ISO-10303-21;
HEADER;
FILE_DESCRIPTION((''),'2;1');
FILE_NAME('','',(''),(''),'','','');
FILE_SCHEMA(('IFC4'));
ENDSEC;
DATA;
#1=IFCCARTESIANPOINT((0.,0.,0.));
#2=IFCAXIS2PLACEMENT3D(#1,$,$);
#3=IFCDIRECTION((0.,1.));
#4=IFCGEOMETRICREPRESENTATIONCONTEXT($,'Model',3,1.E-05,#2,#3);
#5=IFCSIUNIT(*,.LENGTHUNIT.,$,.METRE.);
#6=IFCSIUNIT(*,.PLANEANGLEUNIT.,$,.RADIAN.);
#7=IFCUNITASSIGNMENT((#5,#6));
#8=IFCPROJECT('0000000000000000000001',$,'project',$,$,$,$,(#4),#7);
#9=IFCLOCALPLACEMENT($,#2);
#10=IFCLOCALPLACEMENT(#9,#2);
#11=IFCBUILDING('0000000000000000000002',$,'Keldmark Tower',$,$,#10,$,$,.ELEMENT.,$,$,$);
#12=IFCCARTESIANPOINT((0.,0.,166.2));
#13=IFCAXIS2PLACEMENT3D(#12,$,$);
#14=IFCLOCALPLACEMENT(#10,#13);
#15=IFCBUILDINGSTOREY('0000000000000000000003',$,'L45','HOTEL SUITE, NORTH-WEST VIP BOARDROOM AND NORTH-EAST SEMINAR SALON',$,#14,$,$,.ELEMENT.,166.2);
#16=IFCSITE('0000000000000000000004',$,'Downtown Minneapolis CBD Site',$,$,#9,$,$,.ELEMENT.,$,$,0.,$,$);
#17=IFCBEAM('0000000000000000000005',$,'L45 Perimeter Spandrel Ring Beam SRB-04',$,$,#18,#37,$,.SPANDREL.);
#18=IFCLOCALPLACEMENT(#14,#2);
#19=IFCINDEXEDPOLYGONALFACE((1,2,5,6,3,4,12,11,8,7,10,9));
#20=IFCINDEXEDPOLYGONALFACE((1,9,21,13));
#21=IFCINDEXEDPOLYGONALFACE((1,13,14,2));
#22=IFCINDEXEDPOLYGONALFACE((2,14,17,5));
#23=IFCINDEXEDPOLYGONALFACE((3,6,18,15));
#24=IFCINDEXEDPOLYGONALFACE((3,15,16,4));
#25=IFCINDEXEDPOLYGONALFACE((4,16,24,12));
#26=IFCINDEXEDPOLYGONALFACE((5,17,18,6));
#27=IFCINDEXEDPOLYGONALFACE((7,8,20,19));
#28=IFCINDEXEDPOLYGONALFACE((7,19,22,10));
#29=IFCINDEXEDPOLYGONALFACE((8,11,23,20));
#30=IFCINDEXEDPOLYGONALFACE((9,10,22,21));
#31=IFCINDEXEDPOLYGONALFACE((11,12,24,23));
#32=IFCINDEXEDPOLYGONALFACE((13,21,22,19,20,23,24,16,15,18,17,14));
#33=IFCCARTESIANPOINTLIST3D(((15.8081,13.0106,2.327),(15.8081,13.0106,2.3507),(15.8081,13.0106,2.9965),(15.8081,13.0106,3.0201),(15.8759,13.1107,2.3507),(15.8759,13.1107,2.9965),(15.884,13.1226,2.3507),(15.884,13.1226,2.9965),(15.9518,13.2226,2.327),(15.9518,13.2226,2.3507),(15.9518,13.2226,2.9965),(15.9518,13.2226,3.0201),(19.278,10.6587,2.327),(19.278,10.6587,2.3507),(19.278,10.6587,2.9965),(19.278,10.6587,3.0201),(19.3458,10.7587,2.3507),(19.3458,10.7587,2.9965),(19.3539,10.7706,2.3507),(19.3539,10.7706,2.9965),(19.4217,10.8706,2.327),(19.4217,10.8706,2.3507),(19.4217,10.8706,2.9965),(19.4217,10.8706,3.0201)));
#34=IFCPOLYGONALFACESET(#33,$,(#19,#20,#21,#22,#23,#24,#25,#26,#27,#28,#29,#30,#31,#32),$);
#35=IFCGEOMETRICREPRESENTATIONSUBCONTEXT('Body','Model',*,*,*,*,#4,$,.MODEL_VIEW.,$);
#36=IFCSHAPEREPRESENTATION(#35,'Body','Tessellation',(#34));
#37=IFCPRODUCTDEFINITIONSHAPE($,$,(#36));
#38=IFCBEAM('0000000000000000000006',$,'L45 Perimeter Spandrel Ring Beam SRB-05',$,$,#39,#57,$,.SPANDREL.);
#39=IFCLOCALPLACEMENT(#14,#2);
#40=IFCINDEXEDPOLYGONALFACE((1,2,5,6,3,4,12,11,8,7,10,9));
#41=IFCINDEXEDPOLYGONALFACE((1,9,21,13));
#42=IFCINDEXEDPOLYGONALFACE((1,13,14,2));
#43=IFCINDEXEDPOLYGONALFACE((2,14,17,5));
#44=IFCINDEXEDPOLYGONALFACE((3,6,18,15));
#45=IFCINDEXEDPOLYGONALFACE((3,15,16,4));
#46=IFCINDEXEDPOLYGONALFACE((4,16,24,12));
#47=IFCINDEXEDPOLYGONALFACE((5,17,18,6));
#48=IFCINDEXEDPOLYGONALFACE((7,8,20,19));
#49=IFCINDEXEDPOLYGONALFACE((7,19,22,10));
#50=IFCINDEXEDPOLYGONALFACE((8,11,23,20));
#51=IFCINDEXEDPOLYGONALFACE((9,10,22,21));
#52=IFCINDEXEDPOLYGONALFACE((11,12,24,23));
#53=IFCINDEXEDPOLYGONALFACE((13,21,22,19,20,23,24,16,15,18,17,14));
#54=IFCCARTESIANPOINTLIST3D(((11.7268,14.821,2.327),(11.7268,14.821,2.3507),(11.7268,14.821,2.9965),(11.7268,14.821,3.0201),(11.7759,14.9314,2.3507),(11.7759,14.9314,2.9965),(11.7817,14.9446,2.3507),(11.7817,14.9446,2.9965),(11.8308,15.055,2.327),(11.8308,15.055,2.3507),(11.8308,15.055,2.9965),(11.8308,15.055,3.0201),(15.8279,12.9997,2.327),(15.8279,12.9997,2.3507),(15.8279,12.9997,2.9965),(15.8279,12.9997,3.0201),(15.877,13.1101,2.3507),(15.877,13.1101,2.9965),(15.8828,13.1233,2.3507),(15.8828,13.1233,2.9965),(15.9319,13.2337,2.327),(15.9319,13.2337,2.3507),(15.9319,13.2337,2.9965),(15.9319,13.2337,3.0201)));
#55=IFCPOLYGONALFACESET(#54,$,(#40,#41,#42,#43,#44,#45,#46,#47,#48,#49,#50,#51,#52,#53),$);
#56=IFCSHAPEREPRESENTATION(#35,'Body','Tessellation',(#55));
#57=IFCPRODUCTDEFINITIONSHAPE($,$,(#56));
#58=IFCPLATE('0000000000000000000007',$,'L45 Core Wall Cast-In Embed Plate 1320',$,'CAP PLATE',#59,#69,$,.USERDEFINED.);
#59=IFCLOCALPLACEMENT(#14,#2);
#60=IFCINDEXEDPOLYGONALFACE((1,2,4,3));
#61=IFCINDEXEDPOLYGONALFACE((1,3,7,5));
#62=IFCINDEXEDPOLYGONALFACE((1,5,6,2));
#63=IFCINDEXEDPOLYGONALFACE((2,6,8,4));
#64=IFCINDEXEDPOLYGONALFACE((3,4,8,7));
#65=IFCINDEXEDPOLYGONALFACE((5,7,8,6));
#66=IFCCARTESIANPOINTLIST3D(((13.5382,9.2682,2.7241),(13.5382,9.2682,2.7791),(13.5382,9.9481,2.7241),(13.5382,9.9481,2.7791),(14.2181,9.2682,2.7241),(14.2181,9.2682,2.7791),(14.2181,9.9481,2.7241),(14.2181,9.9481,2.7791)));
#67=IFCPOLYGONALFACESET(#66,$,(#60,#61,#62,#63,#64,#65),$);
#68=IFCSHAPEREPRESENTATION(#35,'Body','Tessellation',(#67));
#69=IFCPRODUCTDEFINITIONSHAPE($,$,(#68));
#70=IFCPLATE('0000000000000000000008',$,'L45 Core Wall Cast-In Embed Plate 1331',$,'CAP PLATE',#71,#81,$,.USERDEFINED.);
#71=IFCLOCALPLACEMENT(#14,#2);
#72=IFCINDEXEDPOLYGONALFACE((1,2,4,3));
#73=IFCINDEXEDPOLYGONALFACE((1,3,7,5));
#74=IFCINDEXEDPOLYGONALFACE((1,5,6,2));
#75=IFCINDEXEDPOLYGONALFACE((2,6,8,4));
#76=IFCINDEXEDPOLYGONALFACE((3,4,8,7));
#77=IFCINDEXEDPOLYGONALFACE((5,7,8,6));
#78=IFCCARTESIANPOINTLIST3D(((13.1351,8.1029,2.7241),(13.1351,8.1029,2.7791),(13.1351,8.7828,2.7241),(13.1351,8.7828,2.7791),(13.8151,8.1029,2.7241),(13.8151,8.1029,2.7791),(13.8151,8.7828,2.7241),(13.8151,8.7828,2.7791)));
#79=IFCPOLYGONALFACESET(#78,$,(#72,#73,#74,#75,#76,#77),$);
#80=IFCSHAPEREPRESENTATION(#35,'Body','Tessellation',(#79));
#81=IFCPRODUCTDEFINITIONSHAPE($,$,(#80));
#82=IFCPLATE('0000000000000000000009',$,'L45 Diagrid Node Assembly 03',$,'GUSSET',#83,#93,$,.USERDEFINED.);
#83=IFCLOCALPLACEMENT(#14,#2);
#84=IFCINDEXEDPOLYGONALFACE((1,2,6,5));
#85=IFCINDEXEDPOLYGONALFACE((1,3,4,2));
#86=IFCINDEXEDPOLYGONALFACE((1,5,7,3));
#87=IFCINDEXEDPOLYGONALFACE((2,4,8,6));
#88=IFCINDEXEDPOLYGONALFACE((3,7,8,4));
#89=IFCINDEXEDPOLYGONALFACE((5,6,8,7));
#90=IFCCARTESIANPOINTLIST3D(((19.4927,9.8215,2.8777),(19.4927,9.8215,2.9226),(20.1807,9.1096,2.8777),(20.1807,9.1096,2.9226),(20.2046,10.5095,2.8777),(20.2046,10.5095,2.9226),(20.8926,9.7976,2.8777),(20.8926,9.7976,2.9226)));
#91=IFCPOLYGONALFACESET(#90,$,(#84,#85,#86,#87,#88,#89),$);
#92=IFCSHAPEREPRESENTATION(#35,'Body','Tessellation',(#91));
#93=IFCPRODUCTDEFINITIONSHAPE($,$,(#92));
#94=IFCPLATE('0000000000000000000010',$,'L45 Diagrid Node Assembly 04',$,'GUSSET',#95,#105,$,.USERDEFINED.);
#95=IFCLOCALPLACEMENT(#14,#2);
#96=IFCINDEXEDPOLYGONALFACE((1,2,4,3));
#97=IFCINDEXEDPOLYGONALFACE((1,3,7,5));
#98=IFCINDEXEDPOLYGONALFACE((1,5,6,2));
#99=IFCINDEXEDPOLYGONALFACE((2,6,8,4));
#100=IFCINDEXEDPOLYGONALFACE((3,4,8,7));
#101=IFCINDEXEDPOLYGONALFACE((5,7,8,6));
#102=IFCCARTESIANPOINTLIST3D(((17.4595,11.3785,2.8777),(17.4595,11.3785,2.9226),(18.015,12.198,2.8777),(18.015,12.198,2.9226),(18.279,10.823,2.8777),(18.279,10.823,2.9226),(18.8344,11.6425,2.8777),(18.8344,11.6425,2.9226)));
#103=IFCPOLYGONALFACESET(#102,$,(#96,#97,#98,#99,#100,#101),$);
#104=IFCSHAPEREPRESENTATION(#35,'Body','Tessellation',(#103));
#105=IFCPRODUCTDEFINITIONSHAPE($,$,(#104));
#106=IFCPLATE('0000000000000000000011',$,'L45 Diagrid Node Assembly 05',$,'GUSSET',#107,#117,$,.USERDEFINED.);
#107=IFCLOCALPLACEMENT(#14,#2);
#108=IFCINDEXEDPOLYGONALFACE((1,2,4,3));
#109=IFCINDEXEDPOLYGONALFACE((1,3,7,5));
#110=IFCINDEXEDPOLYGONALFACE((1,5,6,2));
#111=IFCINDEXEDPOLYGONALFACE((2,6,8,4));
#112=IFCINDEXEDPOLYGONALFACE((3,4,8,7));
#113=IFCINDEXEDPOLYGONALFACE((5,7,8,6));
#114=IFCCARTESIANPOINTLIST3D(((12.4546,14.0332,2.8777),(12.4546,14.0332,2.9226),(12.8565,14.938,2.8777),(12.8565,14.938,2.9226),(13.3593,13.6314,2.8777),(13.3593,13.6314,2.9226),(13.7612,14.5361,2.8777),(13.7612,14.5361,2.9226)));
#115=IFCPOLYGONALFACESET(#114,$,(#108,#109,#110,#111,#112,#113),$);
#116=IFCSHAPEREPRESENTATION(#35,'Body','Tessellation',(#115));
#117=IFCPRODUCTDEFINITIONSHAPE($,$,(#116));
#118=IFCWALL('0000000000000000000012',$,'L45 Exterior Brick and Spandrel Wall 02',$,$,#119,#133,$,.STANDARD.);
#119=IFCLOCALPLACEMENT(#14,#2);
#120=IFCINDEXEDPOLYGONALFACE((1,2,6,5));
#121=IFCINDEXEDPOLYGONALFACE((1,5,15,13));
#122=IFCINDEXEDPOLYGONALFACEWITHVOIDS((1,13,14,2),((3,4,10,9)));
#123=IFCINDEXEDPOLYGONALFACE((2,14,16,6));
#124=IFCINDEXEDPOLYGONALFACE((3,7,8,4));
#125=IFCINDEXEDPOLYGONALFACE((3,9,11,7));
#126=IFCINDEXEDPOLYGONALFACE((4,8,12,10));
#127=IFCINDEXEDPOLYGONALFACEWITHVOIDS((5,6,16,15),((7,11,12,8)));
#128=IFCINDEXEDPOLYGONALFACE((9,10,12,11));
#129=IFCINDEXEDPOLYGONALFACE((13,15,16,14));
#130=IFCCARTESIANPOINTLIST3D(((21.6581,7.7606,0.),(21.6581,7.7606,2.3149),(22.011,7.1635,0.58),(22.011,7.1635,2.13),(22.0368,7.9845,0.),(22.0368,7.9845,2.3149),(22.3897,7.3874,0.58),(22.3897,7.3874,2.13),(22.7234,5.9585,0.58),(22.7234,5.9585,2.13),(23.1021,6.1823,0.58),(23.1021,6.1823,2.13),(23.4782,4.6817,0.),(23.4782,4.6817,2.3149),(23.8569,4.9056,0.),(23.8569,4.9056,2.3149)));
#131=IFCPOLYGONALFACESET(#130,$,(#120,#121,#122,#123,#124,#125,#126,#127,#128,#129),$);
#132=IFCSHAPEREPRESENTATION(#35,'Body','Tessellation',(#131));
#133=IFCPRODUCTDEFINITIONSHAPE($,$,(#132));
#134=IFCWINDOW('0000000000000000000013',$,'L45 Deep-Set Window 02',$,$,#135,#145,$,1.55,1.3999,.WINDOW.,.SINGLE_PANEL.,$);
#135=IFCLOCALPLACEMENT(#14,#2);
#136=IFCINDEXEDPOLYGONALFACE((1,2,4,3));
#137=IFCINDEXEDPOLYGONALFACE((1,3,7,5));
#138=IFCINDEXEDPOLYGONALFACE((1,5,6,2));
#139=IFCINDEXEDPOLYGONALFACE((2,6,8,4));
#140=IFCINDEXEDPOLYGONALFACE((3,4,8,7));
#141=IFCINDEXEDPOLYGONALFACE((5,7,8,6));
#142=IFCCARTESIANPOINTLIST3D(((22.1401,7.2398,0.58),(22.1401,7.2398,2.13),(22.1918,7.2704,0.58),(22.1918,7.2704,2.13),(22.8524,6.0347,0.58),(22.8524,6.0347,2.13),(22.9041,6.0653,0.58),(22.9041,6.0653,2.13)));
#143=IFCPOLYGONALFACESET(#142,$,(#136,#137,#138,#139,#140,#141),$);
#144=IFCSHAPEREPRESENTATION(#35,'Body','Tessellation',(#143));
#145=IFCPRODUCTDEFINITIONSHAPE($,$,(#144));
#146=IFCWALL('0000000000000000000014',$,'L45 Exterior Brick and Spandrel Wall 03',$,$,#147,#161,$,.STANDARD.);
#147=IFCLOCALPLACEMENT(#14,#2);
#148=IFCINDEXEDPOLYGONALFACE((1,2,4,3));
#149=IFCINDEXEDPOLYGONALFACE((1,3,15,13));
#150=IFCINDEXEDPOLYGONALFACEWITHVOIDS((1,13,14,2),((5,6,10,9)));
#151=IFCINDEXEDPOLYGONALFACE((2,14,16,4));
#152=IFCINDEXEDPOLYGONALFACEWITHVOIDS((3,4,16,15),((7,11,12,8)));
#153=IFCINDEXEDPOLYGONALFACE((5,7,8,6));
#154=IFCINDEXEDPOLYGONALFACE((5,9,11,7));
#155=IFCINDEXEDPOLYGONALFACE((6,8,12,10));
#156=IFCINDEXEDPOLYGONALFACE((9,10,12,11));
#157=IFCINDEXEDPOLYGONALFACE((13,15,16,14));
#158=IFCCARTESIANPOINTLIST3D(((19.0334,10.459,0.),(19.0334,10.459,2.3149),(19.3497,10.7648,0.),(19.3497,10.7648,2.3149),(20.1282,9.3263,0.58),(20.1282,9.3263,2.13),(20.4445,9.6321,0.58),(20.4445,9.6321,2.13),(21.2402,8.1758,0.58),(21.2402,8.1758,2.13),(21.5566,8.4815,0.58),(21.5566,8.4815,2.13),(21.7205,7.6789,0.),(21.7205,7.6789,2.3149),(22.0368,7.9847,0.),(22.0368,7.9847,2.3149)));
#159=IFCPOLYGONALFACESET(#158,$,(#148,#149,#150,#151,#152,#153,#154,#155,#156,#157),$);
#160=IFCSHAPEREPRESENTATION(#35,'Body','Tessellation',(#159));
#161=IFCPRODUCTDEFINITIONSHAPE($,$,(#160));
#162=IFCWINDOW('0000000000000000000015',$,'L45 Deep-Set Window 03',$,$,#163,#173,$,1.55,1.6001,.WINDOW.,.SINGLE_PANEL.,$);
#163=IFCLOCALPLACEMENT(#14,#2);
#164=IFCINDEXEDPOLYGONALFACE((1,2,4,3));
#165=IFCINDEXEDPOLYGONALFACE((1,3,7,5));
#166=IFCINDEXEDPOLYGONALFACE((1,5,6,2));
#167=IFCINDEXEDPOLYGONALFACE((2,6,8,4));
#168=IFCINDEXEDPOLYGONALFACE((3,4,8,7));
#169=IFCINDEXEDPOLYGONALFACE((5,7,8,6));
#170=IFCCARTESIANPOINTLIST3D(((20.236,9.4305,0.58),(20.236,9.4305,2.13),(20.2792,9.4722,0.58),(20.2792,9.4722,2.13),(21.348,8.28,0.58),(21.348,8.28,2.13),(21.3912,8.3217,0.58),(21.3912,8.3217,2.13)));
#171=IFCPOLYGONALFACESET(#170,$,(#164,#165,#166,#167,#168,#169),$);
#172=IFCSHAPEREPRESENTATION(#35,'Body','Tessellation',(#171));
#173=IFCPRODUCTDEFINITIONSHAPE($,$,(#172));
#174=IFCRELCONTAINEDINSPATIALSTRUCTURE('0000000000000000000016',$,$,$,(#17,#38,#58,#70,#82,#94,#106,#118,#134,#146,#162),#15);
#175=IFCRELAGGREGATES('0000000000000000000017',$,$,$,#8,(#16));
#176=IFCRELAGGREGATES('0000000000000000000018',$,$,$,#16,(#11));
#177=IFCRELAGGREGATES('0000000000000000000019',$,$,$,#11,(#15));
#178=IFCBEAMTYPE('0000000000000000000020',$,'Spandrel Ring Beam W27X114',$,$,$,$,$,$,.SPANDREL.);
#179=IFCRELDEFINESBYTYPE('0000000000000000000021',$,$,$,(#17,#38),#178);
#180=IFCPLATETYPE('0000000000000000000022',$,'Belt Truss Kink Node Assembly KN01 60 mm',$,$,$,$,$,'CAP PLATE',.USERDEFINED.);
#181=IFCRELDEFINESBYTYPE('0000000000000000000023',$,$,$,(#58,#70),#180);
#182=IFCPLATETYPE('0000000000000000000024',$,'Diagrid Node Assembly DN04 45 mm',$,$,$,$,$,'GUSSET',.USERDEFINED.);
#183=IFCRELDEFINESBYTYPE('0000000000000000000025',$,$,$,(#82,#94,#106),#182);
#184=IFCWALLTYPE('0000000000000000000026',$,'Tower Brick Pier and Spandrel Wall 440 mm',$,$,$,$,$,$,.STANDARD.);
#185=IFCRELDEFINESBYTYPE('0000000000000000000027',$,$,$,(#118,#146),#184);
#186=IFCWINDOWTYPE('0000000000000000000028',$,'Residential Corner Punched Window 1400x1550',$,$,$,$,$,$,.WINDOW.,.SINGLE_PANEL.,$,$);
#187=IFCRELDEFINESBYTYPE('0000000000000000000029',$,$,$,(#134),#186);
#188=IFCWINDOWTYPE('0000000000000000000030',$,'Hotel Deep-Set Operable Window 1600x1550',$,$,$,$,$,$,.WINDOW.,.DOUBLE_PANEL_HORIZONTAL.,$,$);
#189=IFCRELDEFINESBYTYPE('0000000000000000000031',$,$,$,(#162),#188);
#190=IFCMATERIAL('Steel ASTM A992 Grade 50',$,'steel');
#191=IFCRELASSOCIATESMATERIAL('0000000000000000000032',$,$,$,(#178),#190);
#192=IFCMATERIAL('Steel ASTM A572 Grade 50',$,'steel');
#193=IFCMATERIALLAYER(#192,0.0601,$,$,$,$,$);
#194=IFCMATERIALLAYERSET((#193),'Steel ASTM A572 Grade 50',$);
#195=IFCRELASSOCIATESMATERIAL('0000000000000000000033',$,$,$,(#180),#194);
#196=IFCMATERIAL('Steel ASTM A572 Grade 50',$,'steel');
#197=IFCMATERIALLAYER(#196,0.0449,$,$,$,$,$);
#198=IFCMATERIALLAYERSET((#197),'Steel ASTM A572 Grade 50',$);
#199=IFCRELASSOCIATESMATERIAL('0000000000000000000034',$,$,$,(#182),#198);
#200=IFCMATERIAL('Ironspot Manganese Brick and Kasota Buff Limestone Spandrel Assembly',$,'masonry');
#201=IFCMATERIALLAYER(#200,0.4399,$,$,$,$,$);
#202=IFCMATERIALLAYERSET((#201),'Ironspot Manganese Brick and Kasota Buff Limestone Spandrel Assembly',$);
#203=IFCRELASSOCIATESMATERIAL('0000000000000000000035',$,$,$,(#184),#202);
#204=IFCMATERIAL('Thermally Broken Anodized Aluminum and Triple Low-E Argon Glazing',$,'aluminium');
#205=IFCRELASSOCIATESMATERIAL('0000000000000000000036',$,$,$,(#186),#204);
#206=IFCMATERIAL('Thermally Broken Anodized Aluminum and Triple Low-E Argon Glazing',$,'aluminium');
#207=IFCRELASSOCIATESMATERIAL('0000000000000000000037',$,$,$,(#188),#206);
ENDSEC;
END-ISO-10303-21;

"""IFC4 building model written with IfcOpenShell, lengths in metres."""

from ifc_helpers import new_model, si_unit, direction, frame, frame_2d, origin, origin_2d, place, context, subcontext, project, spatial, rectangle, i_section, extrude, material, layer, layer_set, material_profile, profile_set, type_object, element, fill, save


model = new_model("IFC4")

# Units and contexts
model_context = context("Model", 3, precision=1e-05, world=origin(), true_north=direction((0.0, 1.0)))
body_context = subcontext(model_context, "Body", "Model", "MODEL_VIEW")
ifc_project = project(units=[si_unit("LENGTHUNIT", "METRE"), si_unit("PLANEANGLEUNIT", "RADIAN")], contexts=[model_context])

# Site, building, storey
site_placement = place(None, origin())
site = spatial("IfcSite", under=ifc_project, at=site_placement, Name="Downtown Minneapolis CBD Site", CompositionType="ELEMENT", RefElevation=0.0)
building_placement = place(site_placement, origin())
building = spatial("IfcBuilding", under=site, at=building_placement, Name="Keldmark Tower", CompositionType="ELEMENT")
storey_placement = place(building_placement, frame((0.0, 0.0, 166.2)))
storey = spatial("IfcBuildingStorey", under=building, at=storey_placement, Name="L45", Description="HOTEL SUITE, NORTH-WEST VIP BOARDROOM AND NORTH-EAST SEMINAR SALON", CompositionType="ELEMENT", Elevation=166.2)

# Beams
ifc_material_1 = material(Name="Steel ASTM A992 Grade 50", Category="steel")
ifc_material_profile_1 = material_profile(ifc_material_1, i_section(OverallWidth=0.2561, OverallDepth=0.6931, WebThickness=0.0144, FlangeThickness=0.0237, at=origin_2d()), Name="W27X114")
ifc_profile_set_1 = profile_set([ifc_material_profile_1], Name="Steel ASTM A992 Grade 50")
beam_type_1 = type_object("IfcBeamType", Name="Spandrel Ring Beam W27X114", PredefinedType="SPANDREL", material=ifc_profile_set_1)
beam_1_placement = place(storey_placement, frame((19.3499, 10.7646, 2.6736), z_axis=(-0.827761, 0.561081, 0.0), x_axis=(-0.561081, -0.827761, 0.0)))
element("IfcBeam", 1, at=beam_1_placement, inside=storey, type_object=beam_type_1, Name="L45 Perimeter Spandrel Ring Beam SRB-04", PredefinedType="SPANDREL", context=body_context, shape_type="SweptSolid", body=[
    extrude(i_section(OverallWidth=0.2561, OverallDepth=0.6931, WebThickness=0.0144, FlangeThickness=0.0237, at=origin_2d()), origin(), (0.0, 0.0, 1.0), 4.1919),
])
beam_2_placement = place(storey_placement, frame((15.8799, 13.1167, 2.6736), z_axis=(-0.913928, 0.405876, 0.0), x_axis=(-0.405876, -0.913928, 0.0)))
element("IfcBeam", 2, at=beam_2_placement, inside=storey, type_object=beam_type_1, Name="L45 Perimeter Spandrel Ring Beam SRB-05", PredefinedType="SPANDREL", context=body_context, shape_type="SweptSolid", body=[
    extrude(i_section(OverallWidth=0.2561, OverallDepth=0.6931, WebThickness=0.0144, FlangeThickness=0.0237, at=origin_2d()), origin(), (0.0, 0.0, 1.0), 4.4873),
])

# Plates
ifc_material_2 = material(Name="Steel ASTM A572 Grade 50", Category="steel")
ifc_layer_1 = layer(ifc_material_2, 0.0601)
ifc_layer_set_1 = layer_set([ifc_layer_1], Name="Steel ASTM A572 Grade 50")
plate_type_1 = type_object("IfcPlateType", Name="Belt Truss Kink Node Assembly KN01 60 mm", ElementType="CAP PLATE", PredefinedType="USERDEFINED", material=ifc_layer_set_1)
for number, where, z_axis, x_axis, name in (
    (3, (13.8782, 9.6082, 2.7241), (0.0, 0.0, 1.0), (1.0, 0.0, 0.0), "L45 Core Wall Cast-In Embed Plate 1320"),
    (4, (13.4751, 8.4429, 2.7241), (0.0, 0.0, 1.0), (1.0, 0.0, 0.0), "L45 Core Wall Cast-In Embed Plate 1331"),
):
    element("IfcPlate", number, at=place(storey_placement, frame(where, z_axis=z_axis, x_axis=x_axis)), inside=storey, type_object=plate_type_1, Name=name, ObjectType="CAP PLATE", PredefinedType="USERDEFINED", context=body_context, shape_type="SweptSolid", body=[
        extrude(rectangle(XDim=0.6799, YDim=0.6799, at=origin_2d()), origin(), (0.0, 0.0, 1.0), 0.0549),
    ])
ifc_material_3 = material(Name="Steel ASTM A572 Grade 50", Category="steel")
ifc_layer_2 = layer(ifc_material_3, 0.0449)
ifc_layer_set_2 = layer_set([ifc_layer_2], Name="Steel ASTM A572 Grade 50")
plate_type_2 = type_object("IfcPlateType", Name="Diagrid Node Assembly DN04 45 mm", ElementType="GUSSET", PredefinedType="USERDEFINED", material=ifc_layer_set_2)
for number, where, z_axis, x_axis, name in (
    (5, (20.1926, 9.8096, 2.8777), (0.0, 0.0, 1.0), (-0.694909, 0.719097, 0.0), "L45 Diagrid Node Assembly 03"),
    (6, (18.147, 11.5105, 2.8777), (0.0, 0.0, 1.0), (-0.827767, 0.561072, 0.0), "L45 Diagrid Node Assembly 04"),
    (7, (13.1079, 14.2847, 2.8777), (0.0, 0.0, 1.0), (-0.9139, 0.405939, 0.0), "L45 Diagrid Node Assembly 05"),
):
    element("IfcPlate", number, at=place(storey_placement, frame(where, z_axis=z_axis, x_axis=x_axis)), inside=storey, type_object=plate_type_2, Name=name, ObjectType="GUSSET", PredefinedType="USERDEFINED", context=body_context, shape_type="SweptSolid", body=[
        extrude(rectangle(XDim=0.99, YDim=0.99, at=origin_2d()), origin(), (0.0, 0.0, 1.0), 0.0449),
    ])

# Walls, openings, windows
ifc_material_4 = material(Name="Ironspot Manganese Brick and Kasota Buff Limestone Spandrel Assembly", Category="masonry")
ifc_layer_3 = layer(ifc_material_4, 0.4399)
ifc_layer_set_3 = layer_set([ifc_layer_3], Name="Ironspot Manganese Brick and Kasota Buff Limestone Spandrel Assembly")
wall_type_1 = type_object("IfcWallType", Name="Tower Brick Pier and Spandrel Wall 440 mm", PredefinedType="STANDARD", material=ifc_layer_set_3)
wall_1_placement = place(storey_placement, frame((21.8474, 7.8726, 0.0), z_axis=(0.0, 0.0, 1.0), x_axis=(0.508883, -0.860835, 0.0)))
wall_1 = element("IfcWall", 8, at=wall_1_placement, inside=storey, type_object=wall_type_1, Name="L45 Exterior Brick and Spandrel Wall 02", PredefinedType="STANDARD", context=body_context, shape_type="SweptSolid", body=[
    extrude(rectangle(XDim=3.5767, YDim=0.4399, at=frame_2d((1.7883, 0.0))), origin(), (0.0, 0.0, 1.0), 2.3149),
])
opening_1_placement = place(wall_1_placement, frame((0.6936, 0.0, 0.5801)))
opening_1 = element("IfcOpeningElement", 9, at=opening_1_placement, cuts=wall_1, PredefinedType="OPENING", context=body_context, shape_type="SweptSolid", body=[
    extrude(rectangle(XDim=1.3999, YDim=1.55, at=frame_2d((0.7, 0.7749))), frame((0.0, 0.23, 0.0), z_axis=(0.0, -1.0, 0.0), x_axis=(1.0, 0.0, 0.0)), (0.0, 0.0, 1.0), 0.46),
])
ifc_material_5 = material(Name="Thermally Broken Anodized Aluminum and Triple Low-E Argon Glazing", Category="aluminium")
window_type_1 = type_object("IfcWindowType", Name="Residential Corner Punched Window 1400x1550", PartitioningType="SINGLE_PANEL", PredefinedType="WINDOW", material=ifc_material_5)
window_1_placement = place(opening_1_placement, origin())
window_1 = element("IfcWindow", 10, at=window_1_placement, inside=storey, type_object=window_type_1, Name="L45 Deep-Set Window 02", OverallHeight=1.55, OverallWidth=1.3999, PartitioningType="SINGLE_PANEL", PredefinedType="WINDOW", context=body_context, shape_type="SweptSolid", body=[
    extrude(rectangle(XDim=1.3999, YDim=1.55, at=frame_2d((0.7, 0.7749))), frame((0.0, -0.01, 0.0), z_axis=(0.0, -1.0, 0.0), x_axis=(1.0, 0.0, 0.0)), (0.0, 0.0, 1.0), 0.0601),
])
fill(opening_1, window_1)
wall_2_placement = place(storey_placement, frame((19.1917, 10.6118, 0.0), z_axis=(0.0, 0.0, 1.0), x_axis=(0.694975, -0.719034, 0.0)))
wall_2 = element("IfcWall", 11, at=wall_2_placement, inside=storey, type_object=wall_type_1, Name="L45 Exterior Brick and Spandrel Wall 03", PredefinedType="STANDARD", context=body_context, shape_type="SweptSolid", body=[
    extrude(rectangle(XDim=3.8665, YDim=0.4399, at=frame_2d((1.9331, 0.0))), origin(), (0.0, 0.0, 1.0), 2.3149),
])
opening_2_placement = place(wall_2_placement, frame((1.5752, 0.0, 0.5801)))
opening_2 = element("IfcOpeningElement", 12, at=opening_2_placement, cuts=wall_2, PredefinedType="OPENING", context=body_context, shape_type="SweptSolid", body=[
    extrude(rectangle(XDim=1.6001, YDim=1.55, at=frame_2d((0.8, 0.7749))), frame((0.0, 0.23, 0.0), z_axis=(0.0, -1.0, 0.0), x_axis=(1.0, 0.0, 0.0)), (0.0, 0.0, 1.0), 0.46),
])
ifc_material_6 = material(Name="Thermally Broken Anodized Aluminum and Triple Low-E Argon Glazing", Category="aluminium")
window_type_2 = type_object("IfcWindowType", Name="Hotel Deep-Set Operable Window 1600x1550", PartitioningType="DOUBLE_PANEL_HORIZONTAL", PredefinedType="WINDOW", material=ifc_material_6)
window_2_placement = place(opening_2_placement, origin())
window_2 = element("IfcWindow", 13, at=window_2_placement, inside=storey, type_object=window_type_2, Name="L45 Deep-Set Window 03", OverallHeight=1.55, OverallWidth=1.6001, PartitioningType="SINGLE_PANEL", PredefinedType="WINDOW", context=body_context, shape_type="SweptSolid", body=[
    extrude(rectangle(XDim=1.6001, YDim=1.55, at=frame_2d((0.8, 0.7749))), frame((0.0, -0.01, 0.0), z_axis=(0.0, -1.0, 0.0), x_axis=(1.0, 0.0, 0.0)), (0.0, 0.0, 1.0), 0.0601),
])
fill(opening_2, window_2)

save(model, "model.ifc")
